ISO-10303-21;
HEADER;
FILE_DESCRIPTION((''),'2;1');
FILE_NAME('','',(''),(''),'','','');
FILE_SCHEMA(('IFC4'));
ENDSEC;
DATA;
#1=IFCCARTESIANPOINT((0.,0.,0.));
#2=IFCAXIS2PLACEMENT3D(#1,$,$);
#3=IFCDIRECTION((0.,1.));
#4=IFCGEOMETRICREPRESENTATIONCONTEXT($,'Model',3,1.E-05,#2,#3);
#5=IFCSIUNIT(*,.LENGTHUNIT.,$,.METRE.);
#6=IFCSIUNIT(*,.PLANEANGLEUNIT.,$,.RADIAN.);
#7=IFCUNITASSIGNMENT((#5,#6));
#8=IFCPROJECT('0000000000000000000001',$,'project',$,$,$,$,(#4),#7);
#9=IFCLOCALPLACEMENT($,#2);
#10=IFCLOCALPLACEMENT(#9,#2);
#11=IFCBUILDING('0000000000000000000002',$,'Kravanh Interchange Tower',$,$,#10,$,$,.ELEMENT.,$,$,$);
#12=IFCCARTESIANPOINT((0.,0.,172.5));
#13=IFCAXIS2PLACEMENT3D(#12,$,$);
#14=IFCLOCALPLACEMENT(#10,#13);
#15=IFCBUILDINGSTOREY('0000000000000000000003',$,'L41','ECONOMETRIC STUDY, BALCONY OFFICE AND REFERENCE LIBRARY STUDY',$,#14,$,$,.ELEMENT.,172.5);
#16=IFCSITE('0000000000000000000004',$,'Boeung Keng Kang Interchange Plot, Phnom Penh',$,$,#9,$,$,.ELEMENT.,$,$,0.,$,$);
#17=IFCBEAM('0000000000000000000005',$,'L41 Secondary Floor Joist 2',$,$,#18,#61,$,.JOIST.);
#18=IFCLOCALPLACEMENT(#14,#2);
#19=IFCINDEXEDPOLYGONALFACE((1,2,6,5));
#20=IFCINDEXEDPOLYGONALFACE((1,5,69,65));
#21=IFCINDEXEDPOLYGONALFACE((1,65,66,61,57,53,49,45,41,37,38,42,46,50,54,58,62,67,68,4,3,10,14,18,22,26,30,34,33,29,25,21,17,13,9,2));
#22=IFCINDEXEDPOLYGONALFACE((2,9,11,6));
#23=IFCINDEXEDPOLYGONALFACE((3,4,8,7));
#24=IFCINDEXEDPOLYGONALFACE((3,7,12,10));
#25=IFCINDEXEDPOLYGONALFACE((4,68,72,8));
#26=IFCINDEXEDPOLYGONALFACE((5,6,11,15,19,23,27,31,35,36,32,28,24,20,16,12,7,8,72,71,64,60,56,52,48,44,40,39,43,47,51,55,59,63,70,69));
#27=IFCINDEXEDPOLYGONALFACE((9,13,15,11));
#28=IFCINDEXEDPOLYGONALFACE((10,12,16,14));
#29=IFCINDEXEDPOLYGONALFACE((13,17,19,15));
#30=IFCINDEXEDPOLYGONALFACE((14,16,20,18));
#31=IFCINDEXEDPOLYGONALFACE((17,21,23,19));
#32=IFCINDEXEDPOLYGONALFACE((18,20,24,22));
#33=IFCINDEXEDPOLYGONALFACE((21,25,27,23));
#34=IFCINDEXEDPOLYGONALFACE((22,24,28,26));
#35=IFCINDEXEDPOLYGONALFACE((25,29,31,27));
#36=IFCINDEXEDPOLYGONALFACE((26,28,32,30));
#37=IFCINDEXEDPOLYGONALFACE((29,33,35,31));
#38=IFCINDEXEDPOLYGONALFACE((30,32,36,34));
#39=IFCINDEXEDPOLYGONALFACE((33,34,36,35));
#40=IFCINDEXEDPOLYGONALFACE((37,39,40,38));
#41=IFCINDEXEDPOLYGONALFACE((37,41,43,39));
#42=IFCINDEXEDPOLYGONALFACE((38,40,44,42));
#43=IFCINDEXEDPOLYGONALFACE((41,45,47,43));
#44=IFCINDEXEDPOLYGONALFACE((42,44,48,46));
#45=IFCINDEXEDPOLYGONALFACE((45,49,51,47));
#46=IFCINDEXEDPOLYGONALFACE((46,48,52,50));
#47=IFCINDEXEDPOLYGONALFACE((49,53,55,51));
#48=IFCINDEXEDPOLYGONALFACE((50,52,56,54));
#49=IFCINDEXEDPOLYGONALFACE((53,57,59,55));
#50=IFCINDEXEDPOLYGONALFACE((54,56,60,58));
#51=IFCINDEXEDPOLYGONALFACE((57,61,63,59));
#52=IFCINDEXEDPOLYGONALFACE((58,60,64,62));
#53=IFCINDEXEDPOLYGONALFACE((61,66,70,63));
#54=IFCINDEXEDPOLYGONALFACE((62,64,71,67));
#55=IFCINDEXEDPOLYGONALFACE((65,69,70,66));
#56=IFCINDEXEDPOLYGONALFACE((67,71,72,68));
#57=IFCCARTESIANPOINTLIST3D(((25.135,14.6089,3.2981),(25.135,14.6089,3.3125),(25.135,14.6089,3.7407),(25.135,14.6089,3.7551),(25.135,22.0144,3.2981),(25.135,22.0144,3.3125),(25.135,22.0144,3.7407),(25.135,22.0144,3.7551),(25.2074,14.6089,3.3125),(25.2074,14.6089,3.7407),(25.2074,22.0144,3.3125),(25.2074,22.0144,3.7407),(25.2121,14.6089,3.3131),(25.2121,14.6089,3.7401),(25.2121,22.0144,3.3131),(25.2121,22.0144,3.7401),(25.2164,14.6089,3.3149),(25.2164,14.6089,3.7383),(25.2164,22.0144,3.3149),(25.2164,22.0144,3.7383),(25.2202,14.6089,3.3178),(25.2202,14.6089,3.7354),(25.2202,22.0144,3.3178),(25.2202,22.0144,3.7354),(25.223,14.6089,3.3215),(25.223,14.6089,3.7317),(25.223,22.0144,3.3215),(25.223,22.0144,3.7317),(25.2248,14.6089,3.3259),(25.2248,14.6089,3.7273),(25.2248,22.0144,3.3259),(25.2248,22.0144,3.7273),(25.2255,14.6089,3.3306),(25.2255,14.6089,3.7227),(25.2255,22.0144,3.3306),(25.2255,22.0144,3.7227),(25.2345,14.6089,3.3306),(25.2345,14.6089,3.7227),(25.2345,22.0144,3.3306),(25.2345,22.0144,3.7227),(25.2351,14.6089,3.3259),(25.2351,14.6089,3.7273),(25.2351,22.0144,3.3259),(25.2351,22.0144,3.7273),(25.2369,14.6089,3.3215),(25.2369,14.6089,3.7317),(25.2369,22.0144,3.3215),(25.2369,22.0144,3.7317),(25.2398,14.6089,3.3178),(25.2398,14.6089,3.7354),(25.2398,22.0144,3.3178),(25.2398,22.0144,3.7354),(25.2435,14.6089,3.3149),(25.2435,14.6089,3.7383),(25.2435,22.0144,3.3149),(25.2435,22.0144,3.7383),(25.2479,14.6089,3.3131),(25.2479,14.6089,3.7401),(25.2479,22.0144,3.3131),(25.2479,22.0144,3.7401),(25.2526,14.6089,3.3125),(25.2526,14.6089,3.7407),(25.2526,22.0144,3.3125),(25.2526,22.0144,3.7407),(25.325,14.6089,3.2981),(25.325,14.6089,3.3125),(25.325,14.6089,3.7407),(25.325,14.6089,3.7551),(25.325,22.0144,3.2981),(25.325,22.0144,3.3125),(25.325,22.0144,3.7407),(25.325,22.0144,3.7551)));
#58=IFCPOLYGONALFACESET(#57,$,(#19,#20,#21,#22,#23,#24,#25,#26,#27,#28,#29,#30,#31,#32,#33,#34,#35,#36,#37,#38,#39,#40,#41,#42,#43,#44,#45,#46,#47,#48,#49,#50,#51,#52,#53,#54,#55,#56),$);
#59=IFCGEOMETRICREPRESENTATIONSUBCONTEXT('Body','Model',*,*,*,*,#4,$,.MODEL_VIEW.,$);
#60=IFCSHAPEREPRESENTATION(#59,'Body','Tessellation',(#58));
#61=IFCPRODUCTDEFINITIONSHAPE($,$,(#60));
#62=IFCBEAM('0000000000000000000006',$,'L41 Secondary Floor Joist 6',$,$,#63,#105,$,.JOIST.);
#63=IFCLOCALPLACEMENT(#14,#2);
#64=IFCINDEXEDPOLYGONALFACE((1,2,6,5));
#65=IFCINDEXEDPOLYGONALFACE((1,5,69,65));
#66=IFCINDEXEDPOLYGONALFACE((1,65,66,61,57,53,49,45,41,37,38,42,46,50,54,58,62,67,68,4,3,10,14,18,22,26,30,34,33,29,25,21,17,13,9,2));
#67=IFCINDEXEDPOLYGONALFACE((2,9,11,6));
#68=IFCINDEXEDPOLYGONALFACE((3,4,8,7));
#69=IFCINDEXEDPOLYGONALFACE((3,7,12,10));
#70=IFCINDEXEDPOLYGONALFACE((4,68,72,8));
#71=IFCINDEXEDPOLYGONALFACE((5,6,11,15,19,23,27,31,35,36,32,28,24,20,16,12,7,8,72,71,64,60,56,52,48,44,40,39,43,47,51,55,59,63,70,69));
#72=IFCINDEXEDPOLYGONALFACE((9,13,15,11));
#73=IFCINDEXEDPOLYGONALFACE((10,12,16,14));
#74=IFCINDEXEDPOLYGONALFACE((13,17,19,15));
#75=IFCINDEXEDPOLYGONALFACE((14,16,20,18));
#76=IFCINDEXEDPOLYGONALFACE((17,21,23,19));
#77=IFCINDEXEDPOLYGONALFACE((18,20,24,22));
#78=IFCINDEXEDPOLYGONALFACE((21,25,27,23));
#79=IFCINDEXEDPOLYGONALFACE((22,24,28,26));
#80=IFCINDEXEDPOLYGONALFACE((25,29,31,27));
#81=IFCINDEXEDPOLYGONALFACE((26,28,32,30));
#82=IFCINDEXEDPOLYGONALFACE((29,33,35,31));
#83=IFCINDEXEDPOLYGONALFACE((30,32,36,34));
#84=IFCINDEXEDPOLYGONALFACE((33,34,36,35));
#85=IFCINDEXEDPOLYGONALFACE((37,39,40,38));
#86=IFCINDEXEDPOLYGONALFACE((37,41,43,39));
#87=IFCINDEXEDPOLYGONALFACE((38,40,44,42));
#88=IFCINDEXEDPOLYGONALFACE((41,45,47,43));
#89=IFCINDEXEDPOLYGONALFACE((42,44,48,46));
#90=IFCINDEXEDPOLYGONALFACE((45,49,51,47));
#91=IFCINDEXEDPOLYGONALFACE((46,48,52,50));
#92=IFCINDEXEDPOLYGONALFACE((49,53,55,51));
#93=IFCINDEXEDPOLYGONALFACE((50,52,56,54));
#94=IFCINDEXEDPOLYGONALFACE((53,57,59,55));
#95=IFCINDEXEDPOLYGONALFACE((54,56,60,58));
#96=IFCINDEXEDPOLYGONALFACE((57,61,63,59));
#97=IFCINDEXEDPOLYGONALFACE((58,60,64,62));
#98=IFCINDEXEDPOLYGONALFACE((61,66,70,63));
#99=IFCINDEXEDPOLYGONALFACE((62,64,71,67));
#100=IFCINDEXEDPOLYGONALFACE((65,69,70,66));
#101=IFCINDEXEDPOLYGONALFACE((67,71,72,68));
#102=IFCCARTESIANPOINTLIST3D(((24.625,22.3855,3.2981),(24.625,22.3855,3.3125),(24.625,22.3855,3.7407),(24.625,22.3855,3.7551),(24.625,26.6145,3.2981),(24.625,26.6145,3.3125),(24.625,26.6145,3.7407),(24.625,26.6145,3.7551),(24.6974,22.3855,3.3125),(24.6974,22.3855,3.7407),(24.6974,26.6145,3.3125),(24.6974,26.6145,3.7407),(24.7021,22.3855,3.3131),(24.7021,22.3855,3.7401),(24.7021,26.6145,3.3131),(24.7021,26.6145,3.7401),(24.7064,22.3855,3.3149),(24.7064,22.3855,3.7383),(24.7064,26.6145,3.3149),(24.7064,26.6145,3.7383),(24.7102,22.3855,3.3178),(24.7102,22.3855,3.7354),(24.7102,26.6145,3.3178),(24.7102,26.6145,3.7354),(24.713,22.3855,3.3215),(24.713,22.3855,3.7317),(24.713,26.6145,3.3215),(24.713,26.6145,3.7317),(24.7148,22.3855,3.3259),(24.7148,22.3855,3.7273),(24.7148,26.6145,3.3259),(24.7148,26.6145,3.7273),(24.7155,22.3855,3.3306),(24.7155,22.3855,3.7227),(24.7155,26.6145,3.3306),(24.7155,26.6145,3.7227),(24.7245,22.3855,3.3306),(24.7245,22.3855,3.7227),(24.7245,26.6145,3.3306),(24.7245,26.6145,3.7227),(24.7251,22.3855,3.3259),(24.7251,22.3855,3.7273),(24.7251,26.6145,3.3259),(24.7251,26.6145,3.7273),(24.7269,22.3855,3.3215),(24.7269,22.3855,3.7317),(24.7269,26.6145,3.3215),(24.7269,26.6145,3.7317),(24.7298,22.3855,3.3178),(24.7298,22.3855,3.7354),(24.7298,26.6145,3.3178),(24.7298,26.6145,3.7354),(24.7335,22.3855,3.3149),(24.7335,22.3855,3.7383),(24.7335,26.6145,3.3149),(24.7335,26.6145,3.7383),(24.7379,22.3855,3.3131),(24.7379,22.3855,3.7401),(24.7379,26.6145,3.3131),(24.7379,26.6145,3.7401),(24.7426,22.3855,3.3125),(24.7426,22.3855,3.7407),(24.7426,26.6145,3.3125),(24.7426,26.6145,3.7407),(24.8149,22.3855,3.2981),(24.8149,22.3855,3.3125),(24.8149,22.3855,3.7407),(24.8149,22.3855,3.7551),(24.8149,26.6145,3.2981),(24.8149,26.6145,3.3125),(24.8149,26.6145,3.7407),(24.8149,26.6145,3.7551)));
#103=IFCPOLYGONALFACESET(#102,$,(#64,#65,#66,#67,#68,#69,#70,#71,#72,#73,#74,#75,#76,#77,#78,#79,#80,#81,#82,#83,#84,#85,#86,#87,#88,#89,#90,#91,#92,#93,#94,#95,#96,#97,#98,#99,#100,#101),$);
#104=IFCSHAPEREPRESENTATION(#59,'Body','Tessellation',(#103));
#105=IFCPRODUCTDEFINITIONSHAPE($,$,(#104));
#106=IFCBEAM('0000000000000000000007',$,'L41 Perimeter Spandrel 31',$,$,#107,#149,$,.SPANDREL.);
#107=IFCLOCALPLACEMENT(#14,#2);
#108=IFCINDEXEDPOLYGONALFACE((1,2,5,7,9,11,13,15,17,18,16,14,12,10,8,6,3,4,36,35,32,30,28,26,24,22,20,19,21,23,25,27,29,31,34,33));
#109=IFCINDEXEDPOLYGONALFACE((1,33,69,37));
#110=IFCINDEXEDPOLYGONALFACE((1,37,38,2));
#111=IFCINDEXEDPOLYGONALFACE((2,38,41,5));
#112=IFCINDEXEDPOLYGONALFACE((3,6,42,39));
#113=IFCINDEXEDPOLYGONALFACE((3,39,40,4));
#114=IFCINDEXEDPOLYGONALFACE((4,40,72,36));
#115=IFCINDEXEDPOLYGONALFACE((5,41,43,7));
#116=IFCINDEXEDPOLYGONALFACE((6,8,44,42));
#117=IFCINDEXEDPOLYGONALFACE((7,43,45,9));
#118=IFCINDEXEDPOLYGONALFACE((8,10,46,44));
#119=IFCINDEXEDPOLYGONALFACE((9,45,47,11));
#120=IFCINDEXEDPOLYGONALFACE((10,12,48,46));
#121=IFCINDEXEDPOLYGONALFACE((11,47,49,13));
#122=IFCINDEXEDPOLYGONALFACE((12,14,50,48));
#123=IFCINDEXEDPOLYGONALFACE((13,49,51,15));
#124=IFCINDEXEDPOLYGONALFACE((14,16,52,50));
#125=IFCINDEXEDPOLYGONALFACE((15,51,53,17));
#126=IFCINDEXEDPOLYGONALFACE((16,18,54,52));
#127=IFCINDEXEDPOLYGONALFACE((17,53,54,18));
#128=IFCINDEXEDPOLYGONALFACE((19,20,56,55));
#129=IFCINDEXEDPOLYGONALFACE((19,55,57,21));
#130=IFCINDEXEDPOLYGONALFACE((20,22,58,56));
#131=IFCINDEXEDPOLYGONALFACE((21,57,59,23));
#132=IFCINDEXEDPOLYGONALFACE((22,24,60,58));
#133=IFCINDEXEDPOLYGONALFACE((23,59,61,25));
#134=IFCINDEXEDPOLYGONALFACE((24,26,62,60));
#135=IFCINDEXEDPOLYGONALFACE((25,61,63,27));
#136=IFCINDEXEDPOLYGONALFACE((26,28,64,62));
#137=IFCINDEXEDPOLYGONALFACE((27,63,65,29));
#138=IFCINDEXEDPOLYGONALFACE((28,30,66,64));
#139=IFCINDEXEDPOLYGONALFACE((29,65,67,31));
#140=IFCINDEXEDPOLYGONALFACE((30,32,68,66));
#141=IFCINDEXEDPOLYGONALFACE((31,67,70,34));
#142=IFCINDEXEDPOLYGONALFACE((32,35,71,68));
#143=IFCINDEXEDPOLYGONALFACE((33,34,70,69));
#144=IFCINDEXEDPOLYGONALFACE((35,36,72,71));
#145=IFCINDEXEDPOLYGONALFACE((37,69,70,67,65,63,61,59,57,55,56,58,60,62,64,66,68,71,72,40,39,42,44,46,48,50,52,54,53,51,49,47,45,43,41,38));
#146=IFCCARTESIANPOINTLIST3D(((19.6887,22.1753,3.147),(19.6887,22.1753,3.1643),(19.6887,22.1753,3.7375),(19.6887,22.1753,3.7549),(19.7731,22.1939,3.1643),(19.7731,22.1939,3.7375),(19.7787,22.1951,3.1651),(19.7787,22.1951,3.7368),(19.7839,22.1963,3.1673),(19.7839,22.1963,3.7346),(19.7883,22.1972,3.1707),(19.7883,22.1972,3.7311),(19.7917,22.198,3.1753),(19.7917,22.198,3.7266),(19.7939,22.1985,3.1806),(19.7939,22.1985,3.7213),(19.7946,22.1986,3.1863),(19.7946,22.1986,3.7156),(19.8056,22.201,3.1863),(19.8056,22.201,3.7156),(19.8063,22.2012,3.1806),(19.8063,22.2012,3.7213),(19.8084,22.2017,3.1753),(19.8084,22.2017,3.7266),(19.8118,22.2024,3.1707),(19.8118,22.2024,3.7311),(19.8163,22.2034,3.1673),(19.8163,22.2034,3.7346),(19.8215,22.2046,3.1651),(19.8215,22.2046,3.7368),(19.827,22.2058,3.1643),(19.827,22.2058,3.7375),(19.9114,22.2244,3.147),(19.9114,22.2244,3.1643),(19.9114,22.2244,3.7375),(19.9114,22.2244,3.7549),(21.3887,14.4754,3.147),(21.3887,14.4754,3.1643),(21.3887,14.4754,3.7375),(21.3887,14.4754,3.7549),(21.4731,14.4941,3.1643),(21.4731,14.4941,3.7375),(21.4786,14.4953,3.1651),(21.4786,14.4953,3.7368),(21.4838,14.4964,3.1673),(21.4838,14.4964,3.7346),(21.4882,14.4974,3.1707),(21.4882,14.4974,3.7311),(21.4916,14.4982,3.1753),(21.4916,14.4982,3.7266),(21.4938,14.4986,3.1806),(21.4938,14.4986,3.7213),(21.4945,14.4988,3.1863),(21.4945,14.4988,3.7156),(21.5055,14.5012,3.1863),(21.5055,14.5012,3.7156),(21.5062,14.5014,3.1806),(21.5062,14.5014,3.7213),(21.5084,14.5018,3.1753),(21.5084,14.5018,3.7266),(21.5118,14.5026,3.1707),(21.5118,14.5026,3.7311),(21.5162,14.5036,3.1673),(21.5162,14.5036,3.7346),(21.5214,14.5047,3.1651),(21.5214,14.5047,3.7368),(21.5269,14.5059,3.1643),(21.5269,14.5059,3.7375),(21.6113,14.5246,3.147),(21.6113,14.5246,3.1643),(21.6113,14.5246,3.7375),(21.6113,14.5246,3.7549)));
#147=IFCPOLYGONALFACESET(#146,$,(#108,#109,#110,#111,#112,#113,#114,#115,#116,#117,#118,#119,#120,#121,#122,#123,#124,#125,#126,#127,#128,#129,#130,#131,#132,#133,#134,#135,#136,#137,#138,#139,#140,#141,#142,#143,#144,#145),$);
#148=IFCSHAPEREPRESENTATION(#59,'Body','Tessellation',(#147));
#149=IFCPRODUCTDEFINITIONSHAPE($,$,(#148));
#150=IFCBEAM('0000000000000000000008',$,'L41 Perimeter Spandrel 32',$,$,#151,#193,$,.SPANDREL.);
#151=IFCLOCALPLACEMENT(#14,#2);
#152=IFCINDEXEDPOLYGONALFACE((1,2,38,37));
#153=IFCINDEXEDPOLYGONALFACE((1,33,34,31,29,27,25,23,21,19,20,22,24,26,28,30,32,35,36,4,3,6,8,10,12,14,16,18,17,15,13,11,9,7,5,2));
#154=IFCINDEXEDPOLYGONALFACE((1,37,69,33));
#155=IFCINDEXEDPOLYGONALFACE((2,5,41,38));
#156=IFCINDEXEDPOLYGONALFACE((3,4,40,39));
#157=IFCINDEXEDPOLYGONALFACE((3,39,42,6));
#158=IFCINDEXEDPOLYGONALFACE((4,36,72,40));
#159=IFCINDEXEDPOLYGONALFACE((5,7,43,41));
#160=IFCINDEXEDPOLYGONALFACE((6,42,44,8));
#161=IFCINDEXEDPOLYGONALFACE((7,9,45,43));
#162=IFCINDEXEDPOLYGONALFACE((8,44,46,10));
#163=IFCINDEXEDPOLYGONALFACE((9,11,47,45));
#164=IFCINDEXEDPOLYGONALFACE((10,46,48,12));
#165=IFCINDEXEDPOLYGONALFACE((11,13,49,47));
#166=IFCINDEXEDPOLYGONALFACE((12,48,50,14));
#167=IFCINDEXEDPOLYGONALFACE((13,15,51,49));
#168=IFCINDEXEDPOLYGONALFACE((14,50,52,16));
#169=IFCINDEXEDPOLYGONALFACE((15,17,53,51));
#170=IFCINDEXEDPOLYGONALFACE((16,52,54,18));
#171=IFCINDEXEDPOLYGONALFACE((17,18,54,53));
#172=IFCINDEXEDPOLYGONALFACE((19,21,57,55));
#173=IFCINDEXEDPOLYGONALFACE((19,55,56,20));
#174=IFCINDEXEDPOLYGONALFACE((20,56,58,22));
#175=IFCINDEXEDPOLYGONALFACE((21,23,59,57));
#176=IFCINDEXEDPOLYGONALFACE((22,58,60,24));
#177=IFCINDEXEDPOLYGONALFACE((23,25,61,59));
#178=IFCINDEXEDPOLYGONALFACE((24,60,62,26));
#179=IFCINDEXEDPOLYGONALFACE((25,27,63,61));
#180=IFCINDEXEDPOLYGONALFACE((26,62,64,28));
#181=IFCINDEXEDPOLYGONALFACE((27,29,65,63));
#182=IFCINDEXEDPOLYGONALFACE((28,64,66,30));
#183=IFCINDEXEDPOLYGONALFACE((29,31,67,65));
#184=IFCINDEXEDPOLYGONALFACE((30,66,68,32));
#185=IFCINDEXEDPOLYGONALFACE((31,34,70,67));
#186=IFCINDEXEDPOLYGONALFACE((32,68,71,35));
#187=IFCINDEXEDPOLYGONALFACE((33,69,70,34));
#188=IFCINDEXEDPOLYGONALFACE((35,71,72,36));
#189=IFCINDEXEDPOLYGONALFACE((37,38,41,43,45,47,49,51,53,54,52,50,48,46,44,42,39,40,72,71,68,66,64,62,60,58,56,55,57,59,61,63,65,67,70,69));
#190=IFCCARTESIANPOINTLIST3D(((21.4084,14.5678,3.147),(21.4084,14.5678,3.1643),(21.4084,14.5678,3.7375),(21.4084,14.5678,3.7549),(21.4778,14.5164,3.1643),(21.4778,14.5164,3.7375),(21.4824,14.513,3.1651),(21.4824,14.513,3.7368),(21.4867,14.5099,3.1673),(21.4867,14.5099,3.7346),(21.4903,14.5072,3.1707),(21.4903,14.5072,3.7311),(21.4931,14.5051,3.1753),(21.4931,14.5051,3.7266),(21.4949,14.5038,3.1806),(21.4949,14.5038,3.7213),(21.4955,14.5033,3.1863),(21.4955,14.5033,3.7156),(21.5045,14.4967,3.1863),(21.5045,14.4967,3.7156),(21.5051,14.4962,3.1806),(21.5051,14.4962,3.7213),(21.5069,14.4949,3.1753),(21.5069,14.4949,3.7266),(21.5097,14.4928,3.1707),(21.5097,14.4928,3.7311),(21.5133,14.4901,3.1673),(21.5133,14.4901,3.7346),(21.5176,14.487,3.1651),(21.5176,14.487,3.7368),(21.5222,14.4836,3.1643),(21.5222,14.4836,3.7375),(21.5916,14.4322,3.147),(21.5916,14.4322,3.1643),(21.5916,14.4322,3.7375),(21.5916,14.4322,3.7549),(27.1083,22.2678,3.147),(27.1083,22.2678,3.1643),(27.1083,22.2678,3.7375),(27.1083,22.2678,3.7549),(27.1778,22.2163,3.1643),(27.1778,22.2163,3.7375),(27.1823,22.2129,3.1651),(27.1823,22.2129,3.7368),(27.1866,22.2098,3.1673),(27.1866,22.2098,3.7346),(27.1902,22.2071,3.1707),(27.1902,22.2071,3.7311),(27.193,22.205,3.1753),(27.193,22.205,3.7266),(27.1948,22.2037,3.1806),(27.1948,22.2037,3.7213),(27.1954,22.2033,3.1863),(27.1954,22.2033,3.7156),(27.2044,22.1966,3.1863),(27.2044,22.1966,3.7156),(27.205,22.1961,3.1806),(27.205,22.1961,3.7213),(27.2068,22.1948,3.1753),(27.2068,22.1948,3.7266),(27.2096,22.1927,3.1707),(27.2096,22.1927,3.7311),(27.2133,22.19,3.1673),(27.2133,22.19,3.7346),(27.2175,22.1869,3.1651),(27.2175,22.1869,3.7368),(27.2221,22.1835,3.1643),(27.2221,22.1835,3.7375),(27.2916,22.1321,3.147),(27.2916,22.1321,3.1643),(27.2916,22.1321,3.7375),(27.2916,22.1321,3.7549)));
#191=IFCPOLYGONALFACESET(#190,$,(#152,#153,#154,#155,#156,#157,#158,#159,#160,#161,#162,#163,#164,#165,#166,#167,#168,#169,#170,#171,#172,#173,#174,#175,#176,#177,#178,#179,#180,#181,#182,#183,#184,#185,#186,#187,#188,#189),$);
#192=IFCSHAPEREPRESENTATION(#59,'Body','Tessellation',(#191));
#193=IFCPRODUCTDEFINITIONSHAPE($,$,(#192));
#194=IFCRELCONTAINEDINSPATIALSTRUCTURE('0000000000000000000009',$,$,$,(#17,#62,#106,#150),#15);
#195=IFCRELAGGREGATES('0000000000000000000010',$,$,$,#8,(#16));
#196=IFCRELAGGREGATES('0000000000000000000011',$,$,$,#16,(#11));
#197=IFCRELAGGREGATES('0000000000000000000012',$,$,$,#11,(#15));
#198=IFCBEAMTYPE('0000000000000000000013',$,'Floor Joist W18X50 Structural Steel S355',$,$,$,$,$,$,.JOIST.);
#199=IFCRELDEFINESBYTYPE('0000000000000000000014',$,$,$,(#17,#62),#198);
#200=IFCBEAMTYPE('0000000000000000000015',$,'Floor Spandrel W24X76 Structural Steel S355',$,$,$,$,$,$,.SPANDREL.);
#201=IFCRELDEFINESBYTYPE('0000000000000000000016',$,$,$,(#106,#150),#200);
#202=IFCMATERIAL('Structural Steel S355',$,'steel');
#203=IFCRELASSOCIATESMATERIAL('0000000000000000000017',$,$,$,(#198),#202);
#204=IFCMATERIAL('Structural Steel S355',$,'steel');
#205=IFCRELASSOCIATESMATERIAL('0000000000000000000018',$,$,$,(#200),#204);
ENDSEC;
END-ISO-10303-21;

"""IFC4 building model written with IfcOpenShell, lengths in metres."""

from ifc_helpers import new_model, si_unit, direction, frame, origin, origin_2d, place, context, subcontext, project, spatial, i_section, extrude, material, material_profile, profile_set, type_object, element, save


model = new_model("IFC4")

# Units and contexts
model_context = context("Model", 3, precision=1e-05, world=origin(), true_north=direction((0.0, 1.0)))
body_context = subcontext(model_context, "Body", "Model", "MODEL_VIEW")
ifc_project = project(units=[si_unit("LENGTHUNIT", "METRE"), si_unit("PLANEANGLEUNIT", "RADIAN")], contexts=[model_context])

# Site, building, storey
site_placement = place(None, origin())
site = spatial("IfcSite", under=ifc_project, at=site_placement, Name="Boeung Keng Kang Interchange Plot, Phnom Penh", CompositionType="ELEMENT", RefElevation=0.0)
building_placement = place(site_placement, origin())
building = spatial("IfcBuilding", under=site, at=building_placement, Name="Kravanh Interchange Tower", CompositionType="ELEMENT")
storey_placement = place(building_placement, frame((0.0, 0.0, 172.5)))
storey = spatial("IfcBuildingStorey", under=building, at=storey_placement, Name="L41", Description="ECONOMETRIC STUDY, BALCONY OFFICE AND REFERENCE LIBRARY STUDY", CompositionType="ELEMENT", Elevation=172.5)

# Beams
ifc_material_1 = material(Name="Structural Steel S355", Category="steel")
ifc_material_profile_1 = material_profile(ifc_material_1, i_section(OverallWidth=0.1899, OverallDepth=0.457, WebThickness=0.009, FlangeThickness=0.0144, FilletRadius=0.0181, at=origin_2d()), Name="W18X50")
ifc_profile_set_1 = profile_set([ifc_material_profile_1], Name="Structural Steel S355")
beam_type_1 = type_object("IfcBeamType", Name="Floor Joist W18X50 Structural Steel S355", PredefinedType="JOIST", material=ifc_profile_set_1)
for number, where, z_axis, x_axis, name in (
    (1, (25.23, 14.6089, 3.5266), (0.0, 1.0, 0.0), (-1.0, 0.0, 0.0), "L41 Secondary Floor Joist 2"),
):
    element("IfcBeam", number, at=place(storey_placement, frame(where, z_axis=z_axis, x_axis=x_axis)), inside=storey, type_object=beam_type_1, Name=name, PredefinedType="JOIST", context=body_context, shape_type="SweptSolid", body=[
        extrude(i_section(OverallWidth=0.1899, OverallDepth=0.457, WebThickness=0.009, FlangeThickness=0.0144, FilletRadius=0.0181, at=origin_2d()), origin(), (0.0, 0.0, 1.0), 7.4055),
    ])
beam_1_placement = place(storey_placement, frame((24.72, 22.3855, 3.5266), z_axis=(0.0, 1.0, 0.0), x_axis=(-1.0, 0.0, 0.0)))
element("IfcBeam", 2, at=beam_1_placement, inside=storey, type_object=beam_type_1, Name="L41 Secondary Floor Joist 6", PredefinedType="JOIST", context=body_context, shape_type="SweptSolid", body=[
    extrude(i_section(OverallWidth=0.1899, OverallDepth=0.457, WebThickness=0.009, FlangeThickness=0.0144, FilletRadius=0.0181, at=origin_2d()), origin(), (0.0, 0.0, 1.0), 4.229),
])
ifc_material_2 = material(Name="Structural Steel S355", Category="steel")
ifc_material_profile_2 = material_profile(ifc_material_2, i_section(OverallWidth=0.228, OverallDepth=0.6079, WebThickness=0.0112, FlangeThickness=0.0173, FilletRadius=0.022, at=origin_2d()), Name="W24X76")
ifc_profile_set_2 = profile_set([ifc_material_profile_2], Name="Structural Steel S355")
beam_type_2 = type_object("IfcBeamType", Name="Floor Spandrel W24X76 Structural Steel S355", PredefinedType="SPANDREL", material=ifc_profile_set_2)
beam_2_placement = place(storey_placement, frame((21.5, 14.5, 3.4509), z_axis=(-0.215583, 0.976486, 0.0), x_axis=(-0.976486, -0.215583, 0.0)))
element("IfcBeam", 3, at=beam_2_placement, inside=storey, type_object=beam_type_2, Name="L41 Perimeter Spandrel 31", PredefinedType="SPANDREL", context=body_context, shape_type="SweptSolid", body=[
    extrude(i_section(OverallWidth=0.228, OverallDepth=0.6079, WebThickness=0.0112, FlangeThickness=0.0173, FilletRadius=0.022, at=origin_2d()), origin(), (0.0, 0.0, 1.0), 7.8853),
])
beam_3_placement = place(storey_placement, frame((21.5, 14.5, 3.4509), z_axis=(0.594977, 0.803743, 0.0), x_axis=(-0.803743, 0.594977, 0.0)))
element("IfcBeam", 4, at=beam_3_placement, inside=storey, type_object=beam_type_2, Name="L41 Perimeter Spandrel 32", PredefinedType="SPANDREL", context=body_context, shape_type="SweptSolid", body=[
    extrude(i_section(OverallWidth=0.228, OverallDepth=0.6079, WebThickness=0.0112, FlangeThickness=0.0173, FilletRadius=0.022, at=origin_2d()), origin(), (0.0, 0.0, 1.0), 9.5801),
])

save(model, "model.ifc")
